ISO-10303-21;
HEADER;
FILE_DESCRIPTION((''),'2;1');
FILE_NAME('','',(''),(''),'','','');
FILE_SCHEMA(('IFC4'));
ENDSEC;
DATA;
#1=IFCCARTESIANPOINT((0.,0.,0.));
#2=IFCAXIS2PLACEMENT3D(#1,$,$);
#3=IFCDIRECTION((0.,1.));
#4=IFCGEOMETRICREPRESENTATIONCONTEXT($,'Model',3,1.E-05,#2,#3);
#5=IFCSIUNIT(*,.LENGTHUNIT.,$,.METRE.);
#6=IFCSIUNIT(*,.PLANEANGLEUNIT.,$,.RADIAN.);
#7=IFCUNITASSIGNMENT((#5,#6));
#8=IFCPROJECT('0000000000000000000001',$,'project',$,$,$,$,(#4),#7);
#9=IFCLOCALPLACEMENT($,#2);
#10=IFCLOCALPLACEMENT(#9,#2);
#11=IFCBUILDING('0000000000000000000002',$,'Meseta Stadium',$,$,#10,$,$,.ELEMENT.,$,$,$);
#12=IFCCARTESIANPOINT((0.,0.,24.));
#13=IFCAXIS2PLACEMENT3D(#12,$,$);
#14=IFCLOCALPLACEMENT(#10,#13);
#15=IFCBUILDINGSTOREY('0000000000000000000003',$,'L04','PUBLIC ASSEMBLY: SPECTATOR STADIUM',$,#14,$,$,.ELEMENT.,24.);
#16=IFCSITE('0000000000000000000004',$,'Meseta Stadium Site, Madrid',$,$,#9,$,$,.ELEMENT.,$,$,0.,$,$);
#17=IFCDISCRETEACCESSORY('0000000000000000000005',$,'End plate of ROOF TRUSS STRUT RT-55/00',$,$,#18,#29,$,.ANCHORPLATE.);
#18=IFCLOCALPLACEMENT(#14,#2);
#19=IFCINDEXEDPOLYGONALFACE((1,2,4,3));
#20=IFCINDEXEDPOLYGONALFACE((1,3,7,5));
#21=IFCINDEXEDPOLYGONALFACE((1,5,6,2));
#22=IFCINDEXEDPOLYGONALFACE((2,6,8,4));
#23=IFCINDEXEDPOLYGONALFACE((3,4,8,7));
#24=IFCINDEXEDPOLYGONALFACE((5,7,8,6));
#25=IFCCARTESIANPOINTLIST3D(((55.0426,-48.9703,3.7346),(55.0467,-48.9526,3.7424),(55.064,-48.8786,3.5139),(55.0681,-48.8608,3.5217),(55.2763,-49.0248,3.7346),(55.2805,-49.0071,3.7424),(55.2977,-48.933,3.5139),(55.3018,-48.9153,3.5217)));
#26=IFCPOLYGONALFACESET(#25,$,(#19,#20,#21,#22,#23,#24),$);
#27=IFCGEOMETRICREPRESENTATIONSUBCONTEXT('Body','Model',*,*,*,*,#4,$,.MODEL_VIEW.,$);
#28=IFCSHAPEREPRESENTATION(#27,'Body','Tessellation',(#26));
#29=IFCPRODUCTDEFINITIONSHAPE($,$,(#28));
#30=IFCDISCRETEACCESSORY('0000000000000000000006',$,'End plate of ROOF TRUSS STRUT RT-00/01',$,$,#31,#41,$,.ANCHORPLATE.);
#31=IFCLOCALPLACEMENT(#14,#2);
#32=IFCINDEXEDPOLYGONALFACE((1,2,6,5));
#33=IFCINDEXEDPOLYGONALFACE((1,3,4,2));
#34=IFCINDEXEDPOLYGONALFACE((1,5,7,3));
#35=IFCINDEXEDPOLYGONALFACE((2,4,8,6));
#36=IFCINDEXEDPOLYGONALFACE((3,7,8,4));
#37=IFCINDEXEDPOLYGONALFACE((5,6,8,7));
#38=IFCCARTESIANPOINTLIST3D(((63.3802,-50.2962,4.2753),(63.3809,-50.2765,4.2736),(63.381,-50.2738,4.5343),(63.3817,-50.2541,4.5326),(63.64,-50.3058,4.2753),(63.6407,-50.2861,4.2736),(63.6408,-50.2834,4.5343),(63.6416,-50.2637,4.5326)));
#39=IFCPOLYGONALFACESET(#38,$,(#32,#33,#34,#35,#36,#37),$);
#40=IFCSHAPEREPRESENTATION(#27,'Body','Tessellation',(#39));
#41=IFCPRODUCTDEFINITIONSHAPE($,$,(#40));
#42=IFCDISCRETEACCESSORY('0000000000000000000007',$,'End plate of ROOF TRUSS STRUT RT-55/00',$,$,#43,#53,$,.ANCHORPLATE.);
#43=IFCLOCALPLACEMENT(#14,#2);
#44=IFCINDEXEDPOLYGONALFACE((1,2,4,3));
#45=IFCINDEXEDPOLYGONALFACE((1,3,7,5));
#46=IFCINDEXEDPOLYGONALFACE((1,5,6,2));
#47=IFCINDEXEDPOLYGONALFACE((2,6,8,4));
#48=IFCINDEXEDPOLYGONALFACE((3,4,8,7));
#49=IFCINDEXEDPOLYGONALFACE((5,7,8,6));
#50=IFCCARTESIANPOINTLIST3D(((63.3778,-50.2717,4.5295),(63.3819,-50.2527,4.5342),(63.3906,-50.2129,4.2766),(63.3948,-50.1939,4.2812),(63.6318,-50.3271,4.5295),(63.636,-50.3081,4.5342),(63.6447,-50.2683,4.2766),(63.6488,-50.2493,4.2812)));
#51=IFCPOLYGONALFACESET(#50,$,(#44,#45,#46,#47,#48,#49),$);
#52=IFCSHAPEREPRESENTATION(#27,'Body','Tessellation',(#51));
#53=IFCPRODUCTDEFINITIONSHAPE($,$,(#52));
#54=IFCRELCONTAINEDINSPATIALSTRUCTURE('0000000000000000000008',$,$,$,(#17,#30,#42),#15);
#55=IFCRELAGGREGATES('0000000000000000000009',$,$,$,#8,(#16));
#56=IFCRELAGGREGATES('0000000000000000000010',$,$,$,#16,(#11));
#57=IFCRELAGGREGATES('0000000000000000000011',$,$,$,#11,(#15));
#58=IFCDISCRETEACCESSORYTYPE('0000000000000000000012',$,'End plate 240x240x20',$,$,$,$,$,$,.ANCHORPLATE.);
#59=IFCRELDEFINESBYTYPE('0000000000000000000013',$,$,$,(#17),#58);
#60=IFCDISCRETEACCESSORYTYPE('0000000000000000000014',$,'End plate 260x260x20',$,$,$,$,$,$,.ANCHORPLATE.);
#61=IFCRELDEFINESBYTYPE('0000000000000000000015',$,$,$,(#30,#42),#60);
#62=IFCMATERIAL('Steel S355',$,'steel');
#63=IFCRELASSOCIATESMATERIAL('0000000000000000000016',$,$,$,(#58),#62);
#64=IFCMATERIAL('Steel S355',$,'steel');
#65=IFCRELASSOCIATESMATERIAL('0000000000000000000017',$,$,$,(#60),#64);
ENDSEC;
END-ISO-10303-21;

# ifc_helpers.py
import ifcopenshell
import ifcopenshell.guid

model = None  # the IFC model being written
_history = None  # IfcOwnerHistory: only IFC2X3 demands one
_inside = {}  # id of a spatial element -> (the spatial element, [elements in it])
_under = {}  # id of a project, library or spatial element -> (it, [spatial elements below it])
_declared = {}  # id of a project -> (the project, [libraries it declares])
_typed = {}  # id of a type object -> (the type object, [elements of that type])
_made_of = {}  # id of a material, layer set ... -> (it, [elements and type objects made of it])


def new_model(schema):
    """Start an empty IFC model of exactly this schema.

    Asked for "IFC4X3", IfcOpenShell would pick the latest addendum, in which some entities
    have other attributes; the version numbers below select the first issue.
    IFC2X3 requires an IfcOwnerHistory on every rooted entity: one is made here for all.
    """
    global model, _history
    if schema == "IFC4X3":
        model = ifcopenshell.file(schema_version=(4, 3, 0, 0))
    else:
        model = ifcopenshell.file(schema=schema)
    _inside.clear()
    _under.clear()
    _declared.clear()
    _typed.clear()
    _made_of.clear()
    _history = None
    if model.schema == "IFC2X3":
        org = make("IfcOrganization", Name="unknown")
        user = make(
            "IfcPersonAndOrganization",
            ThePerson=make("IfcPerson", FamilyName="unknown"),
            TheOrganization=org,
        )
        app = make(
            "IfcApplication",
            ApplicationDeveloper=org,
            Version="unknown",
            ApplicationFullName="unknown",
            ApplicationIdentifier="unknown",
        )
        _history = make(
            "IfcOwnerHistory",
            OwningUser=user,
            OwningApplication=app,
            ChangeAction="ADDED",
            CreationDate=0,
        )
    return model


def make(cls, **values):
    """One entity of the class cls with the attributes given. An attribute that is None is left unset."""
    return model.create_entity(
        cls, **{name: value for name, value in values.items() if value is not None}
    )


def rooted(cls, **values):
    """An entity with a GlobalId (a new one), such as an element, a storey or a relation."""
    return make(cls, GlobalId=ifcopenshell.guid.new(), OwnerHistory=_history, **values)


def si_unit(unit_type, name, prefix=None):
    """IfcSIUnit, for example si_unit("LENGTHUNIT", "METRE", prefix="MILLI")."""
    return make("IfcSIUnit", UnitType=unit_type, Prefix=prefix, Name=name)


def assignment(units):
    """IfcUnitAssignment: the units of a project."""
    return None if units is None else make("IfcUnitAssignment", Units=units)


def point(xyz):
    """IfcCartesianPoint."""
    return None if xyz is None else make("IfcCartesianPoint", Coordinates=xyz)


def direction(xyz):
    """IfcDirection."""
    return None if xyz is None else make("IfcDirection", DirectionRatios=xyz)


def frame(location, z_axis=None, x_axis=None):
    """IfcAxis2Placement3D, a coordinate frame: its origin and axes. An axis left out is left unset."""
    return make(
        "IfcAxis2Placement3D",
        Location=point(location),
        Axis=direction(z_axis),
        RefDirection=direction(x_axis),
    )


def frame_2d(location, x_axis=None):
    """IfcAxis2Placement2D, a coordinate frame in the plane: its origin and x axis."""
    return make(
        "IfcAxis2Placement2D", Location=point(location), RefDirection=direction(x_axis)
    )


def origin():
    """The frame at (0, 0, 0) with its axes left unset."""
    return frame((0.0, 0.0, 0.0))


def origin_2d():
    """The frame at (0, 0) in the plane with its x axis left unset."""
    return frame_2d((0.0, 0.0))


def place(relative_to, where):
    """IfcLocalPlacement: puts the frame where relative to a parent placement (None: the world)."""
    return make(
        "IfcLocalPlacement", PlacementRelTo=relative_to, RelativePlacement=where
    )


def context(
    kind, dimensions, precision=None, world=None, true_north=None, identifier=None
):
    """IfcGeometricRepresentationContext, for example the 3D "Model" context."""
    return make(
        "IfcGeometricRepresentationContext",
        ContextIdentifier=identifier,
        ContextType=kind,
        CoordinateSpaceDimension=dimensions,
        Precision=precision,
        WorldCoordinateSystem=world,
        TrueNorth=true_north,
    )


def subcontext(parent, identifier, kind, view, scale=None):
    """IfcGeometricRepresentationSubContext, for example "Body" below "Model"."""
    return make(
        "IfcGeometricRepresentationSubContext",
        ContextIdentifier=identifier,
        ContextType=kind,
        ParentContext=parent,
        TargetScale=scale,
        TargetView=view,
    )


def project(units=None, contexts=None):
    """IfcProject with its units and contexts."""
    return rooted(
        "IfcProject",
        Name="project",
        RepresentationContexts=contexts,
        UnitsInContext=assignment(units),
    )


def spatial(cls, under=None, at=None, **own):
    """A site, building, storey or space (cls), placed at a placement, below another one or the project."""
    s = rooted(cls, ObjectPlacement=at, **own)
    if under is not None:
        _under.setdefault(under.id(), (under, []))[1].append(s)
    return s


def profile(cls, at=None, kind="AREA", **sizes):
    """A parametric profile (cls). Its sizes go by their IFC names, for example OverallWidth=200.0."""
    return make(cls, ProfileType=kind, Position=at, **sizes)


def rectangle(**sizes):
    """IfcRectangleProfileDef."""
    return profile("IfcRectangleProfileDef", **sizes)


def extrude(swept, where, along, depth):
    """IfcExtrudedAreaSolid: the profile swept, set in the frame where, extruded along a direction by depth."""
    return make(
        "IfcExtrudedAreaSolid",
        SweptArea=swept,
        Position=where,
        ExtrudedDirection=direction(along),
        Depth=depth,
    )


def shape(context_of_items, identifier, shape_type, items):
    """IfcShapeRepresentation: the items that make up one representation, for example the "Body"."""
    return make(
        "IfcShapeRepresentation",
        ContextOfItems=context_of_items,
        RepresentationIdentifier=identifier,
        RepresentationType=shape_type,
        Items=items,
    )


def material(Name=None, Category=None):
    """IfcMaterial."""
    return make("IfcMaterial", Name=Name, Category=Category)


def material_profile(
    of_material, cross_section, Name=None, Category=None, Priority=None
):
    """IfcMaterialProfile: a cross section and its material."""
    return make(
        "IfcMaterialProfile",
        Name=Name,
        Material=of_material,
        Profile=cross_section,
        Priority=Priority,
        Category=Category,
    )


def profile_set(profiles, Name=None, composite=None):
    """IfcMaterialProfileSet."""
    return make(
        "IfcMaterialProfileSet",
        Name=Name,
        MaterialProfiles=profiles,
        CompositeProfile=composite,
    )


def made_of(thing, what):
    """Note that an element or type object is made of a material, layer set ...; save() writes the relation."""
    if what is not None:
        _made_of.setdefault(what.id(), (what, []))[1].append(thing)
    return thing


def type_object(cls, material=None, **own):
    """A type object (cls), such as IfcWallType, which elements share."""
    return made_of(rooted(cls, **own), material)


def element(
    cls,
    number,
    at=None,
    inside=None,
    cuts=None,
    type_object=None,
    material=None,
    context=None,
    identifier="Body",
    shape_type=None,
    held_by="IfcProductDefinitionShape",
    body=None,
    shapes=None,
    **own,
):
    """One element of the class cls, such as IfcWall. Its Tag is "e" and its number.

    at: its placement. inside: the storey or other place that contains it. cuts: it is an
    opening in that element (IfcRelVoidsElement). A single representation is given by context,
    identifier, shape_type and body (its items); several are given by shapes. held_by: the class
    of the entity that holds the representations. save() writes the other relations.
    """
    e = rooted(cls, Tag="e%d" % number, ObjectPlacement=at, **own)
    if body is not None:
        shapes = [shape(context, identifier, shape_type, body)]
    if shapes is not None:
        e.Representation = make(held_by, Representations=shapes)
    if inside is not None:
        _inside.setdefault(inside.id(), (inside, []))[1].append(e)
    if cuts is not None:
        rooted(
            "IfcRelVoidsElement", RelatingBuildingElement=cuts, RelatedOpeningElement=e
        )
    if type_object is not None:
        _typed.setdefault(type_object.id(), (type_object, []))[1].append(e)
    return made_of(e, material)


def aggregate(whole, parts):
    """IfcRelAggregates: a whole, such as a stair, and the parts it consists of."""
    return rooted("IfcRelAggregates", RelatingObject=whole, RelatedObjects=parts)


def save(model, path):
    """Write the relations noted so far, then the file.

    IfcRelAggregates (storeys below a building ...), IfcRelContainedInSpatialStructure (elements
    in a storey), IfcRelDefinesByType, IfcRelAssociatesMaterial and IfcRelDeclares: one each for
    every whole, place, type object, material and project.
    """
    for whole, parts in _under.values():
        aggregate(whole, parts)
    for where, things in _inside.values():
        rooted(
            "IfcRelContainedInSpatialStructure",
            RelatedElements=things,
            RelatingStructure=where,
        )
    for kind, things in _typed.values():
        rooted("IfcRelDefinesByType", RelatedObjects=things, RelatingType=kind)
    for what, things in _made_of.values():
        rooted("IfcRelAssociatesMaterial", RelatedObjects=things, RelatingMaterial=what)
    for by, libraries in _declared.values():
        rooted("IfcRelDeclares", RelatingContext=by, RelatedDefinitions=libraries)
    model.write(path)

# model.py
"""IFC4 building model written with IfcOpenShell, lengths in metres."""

from ifc_helpers import new_model, si_unit, direction, frame, origin, origin_2d, place, context, subcontext, project, spatial, rectangle, extrude, material, material_profile, profile_set, type_object, element, save


model = new_model("IFC4")

# Units and contexts
model_context = context("Model", 3, precision=1e-05, world=origin(), true_north=direction((0.0, 1.0)))
body_context = subcontext(model_context, "Body", "Model", "MODEL_VIEW")
ifc_project = project(units=[si_unit("LENGTHUNIT", "METRE"), si_unit("PLANEANGLEUNIT", "RADIAN")], contexts=[model_context])

# Site, building, storey
site_placement = place(None, origin())
site = spatial("IfcSite", under=ifc_project, at=site_placement, Name="Meseta Stadium Site, Madrid", CompositionType="ELEMENT", RefElevation=0.0)
building_placement = place(site_placement, origin())
building = spatial("IfcBuilding", under=site, at=building_placement, Name="Meseta Stadium", CompositionType="ELEMENT")
storey_placement = place(building_placement, frame((0.0, 0.0, 24.0)))
storey = spatial("IfcBuildingStorey", under=building, at=storey_placement, Name="L04", Description="PUBLIC ASSEMBLY: SPECTATOR STADIUM", CompositionType="ELEMENT", Elevation=24.0)

# Discrete accessories
ifc_material_1 = material(Name="Steel S355", Category="steel")
ifc_material_profile_1 = material_profile(ifc_material_1, rectangle(XDim=0.24, YDim=0.24, at=origin_2d()), Name="PL 240x240")
ifc_profile_set_1 = profile_set([ifc_material_profile_1], Name="Steel S355")
discrete_accessory_type_1 = type_object("IfcDiscreteAccessoryType", Name="End plate 240x240x20", PredefinedType="ANCHORPLATE", material=ifc_profile_set_1)
discrete_accessory_1_placement = place(storey_placement, frame((55.1702, -48.9517, 3.6243), z_axis=(0.208593, 0.895722, 0.392645), x_axis=(-0.97394, 0.226808, 0.0)))
element("IfcDiscreteAccessory", 1, at=discrete_accessory_1_placement, inside=storey, type_object=discrete_accessory_type_1, Name="End plate of ROOF TRUSS STRUT RT-55/00", PredefinedType="ANCHORPLATE", context=body_context, shape_type="SweptSolid", body=[
    extrude(rectangle(XDim=0.24, YDim=0.24, at=origin_2d()), origin(), (0.0, 0.0, 1.0), 0.0198),
])
ifc_material_2 = material(Name="Steel S355", Category="steel")
ifc_material_profile_2 = material_profile(ifc_material_2, rectangle(XDim=0.26, YDim=0.26, at=origin_2d()), Name="PL 260x260")
ifc_profile_set_2 = profile_set([ifc_material_profile_2], Name="Steel S355")
discrete_accessory_type_2 = type_object("IfcDiscreteAccessoryType", Name="End plate 260x260x20", PredefinedType="ANCHORPLATE", material=ifc_profile_set_2)
discrete_accessory_2_placement = place(storey_placement, frame((63.5105, -50.2898, 4.4048), z_axis=(0.036874, 0.995609, -0.08604), x_axis=(-0.999315, 0.037012, 0.0)))
element("IfcDiscreteAccessory", 2, at=discrete_accessory_2_placement, inside=storey, type_object=discrete_accessory_type_2, Name="End plate of ROOF TRUSS STRUT RT-00/01", PredefinedType="ANCHORPLATE", context=body_context, shape_type="SweptSolid", body=[
    extrude(rectangle(XDim=0.26, YDim=0.26, at=origin_2d()), origin(), (0.0, 0.0, 1.0), 0.0198),
])
discrete_accessory_3_placement = place(storey_placement, frame((63.5112, -50.27, 4.4031), z_axis=(0.207163, 0.950513, 0.231535), x_axis=(-0.977063, 0.21295, 0.0)))
element("IfcDiscreteAccessory", 3, at=discrete_accessory_3_placement, inside=storey, type_object=discrete_accessory_type_2, Name="End plate of ROOF TRUSS STRUT RT-55/00", PredefinedType="ANCHORPLATE", context=body_context, shape_type="SweptSolid", body=[
    extrude(rectangle(XDim=0.26, YDim=0.26, at=origin_2d()), origin(), (0.0, 0.0, 1.0), 0.02),
])

save(model, "model.ifc")
